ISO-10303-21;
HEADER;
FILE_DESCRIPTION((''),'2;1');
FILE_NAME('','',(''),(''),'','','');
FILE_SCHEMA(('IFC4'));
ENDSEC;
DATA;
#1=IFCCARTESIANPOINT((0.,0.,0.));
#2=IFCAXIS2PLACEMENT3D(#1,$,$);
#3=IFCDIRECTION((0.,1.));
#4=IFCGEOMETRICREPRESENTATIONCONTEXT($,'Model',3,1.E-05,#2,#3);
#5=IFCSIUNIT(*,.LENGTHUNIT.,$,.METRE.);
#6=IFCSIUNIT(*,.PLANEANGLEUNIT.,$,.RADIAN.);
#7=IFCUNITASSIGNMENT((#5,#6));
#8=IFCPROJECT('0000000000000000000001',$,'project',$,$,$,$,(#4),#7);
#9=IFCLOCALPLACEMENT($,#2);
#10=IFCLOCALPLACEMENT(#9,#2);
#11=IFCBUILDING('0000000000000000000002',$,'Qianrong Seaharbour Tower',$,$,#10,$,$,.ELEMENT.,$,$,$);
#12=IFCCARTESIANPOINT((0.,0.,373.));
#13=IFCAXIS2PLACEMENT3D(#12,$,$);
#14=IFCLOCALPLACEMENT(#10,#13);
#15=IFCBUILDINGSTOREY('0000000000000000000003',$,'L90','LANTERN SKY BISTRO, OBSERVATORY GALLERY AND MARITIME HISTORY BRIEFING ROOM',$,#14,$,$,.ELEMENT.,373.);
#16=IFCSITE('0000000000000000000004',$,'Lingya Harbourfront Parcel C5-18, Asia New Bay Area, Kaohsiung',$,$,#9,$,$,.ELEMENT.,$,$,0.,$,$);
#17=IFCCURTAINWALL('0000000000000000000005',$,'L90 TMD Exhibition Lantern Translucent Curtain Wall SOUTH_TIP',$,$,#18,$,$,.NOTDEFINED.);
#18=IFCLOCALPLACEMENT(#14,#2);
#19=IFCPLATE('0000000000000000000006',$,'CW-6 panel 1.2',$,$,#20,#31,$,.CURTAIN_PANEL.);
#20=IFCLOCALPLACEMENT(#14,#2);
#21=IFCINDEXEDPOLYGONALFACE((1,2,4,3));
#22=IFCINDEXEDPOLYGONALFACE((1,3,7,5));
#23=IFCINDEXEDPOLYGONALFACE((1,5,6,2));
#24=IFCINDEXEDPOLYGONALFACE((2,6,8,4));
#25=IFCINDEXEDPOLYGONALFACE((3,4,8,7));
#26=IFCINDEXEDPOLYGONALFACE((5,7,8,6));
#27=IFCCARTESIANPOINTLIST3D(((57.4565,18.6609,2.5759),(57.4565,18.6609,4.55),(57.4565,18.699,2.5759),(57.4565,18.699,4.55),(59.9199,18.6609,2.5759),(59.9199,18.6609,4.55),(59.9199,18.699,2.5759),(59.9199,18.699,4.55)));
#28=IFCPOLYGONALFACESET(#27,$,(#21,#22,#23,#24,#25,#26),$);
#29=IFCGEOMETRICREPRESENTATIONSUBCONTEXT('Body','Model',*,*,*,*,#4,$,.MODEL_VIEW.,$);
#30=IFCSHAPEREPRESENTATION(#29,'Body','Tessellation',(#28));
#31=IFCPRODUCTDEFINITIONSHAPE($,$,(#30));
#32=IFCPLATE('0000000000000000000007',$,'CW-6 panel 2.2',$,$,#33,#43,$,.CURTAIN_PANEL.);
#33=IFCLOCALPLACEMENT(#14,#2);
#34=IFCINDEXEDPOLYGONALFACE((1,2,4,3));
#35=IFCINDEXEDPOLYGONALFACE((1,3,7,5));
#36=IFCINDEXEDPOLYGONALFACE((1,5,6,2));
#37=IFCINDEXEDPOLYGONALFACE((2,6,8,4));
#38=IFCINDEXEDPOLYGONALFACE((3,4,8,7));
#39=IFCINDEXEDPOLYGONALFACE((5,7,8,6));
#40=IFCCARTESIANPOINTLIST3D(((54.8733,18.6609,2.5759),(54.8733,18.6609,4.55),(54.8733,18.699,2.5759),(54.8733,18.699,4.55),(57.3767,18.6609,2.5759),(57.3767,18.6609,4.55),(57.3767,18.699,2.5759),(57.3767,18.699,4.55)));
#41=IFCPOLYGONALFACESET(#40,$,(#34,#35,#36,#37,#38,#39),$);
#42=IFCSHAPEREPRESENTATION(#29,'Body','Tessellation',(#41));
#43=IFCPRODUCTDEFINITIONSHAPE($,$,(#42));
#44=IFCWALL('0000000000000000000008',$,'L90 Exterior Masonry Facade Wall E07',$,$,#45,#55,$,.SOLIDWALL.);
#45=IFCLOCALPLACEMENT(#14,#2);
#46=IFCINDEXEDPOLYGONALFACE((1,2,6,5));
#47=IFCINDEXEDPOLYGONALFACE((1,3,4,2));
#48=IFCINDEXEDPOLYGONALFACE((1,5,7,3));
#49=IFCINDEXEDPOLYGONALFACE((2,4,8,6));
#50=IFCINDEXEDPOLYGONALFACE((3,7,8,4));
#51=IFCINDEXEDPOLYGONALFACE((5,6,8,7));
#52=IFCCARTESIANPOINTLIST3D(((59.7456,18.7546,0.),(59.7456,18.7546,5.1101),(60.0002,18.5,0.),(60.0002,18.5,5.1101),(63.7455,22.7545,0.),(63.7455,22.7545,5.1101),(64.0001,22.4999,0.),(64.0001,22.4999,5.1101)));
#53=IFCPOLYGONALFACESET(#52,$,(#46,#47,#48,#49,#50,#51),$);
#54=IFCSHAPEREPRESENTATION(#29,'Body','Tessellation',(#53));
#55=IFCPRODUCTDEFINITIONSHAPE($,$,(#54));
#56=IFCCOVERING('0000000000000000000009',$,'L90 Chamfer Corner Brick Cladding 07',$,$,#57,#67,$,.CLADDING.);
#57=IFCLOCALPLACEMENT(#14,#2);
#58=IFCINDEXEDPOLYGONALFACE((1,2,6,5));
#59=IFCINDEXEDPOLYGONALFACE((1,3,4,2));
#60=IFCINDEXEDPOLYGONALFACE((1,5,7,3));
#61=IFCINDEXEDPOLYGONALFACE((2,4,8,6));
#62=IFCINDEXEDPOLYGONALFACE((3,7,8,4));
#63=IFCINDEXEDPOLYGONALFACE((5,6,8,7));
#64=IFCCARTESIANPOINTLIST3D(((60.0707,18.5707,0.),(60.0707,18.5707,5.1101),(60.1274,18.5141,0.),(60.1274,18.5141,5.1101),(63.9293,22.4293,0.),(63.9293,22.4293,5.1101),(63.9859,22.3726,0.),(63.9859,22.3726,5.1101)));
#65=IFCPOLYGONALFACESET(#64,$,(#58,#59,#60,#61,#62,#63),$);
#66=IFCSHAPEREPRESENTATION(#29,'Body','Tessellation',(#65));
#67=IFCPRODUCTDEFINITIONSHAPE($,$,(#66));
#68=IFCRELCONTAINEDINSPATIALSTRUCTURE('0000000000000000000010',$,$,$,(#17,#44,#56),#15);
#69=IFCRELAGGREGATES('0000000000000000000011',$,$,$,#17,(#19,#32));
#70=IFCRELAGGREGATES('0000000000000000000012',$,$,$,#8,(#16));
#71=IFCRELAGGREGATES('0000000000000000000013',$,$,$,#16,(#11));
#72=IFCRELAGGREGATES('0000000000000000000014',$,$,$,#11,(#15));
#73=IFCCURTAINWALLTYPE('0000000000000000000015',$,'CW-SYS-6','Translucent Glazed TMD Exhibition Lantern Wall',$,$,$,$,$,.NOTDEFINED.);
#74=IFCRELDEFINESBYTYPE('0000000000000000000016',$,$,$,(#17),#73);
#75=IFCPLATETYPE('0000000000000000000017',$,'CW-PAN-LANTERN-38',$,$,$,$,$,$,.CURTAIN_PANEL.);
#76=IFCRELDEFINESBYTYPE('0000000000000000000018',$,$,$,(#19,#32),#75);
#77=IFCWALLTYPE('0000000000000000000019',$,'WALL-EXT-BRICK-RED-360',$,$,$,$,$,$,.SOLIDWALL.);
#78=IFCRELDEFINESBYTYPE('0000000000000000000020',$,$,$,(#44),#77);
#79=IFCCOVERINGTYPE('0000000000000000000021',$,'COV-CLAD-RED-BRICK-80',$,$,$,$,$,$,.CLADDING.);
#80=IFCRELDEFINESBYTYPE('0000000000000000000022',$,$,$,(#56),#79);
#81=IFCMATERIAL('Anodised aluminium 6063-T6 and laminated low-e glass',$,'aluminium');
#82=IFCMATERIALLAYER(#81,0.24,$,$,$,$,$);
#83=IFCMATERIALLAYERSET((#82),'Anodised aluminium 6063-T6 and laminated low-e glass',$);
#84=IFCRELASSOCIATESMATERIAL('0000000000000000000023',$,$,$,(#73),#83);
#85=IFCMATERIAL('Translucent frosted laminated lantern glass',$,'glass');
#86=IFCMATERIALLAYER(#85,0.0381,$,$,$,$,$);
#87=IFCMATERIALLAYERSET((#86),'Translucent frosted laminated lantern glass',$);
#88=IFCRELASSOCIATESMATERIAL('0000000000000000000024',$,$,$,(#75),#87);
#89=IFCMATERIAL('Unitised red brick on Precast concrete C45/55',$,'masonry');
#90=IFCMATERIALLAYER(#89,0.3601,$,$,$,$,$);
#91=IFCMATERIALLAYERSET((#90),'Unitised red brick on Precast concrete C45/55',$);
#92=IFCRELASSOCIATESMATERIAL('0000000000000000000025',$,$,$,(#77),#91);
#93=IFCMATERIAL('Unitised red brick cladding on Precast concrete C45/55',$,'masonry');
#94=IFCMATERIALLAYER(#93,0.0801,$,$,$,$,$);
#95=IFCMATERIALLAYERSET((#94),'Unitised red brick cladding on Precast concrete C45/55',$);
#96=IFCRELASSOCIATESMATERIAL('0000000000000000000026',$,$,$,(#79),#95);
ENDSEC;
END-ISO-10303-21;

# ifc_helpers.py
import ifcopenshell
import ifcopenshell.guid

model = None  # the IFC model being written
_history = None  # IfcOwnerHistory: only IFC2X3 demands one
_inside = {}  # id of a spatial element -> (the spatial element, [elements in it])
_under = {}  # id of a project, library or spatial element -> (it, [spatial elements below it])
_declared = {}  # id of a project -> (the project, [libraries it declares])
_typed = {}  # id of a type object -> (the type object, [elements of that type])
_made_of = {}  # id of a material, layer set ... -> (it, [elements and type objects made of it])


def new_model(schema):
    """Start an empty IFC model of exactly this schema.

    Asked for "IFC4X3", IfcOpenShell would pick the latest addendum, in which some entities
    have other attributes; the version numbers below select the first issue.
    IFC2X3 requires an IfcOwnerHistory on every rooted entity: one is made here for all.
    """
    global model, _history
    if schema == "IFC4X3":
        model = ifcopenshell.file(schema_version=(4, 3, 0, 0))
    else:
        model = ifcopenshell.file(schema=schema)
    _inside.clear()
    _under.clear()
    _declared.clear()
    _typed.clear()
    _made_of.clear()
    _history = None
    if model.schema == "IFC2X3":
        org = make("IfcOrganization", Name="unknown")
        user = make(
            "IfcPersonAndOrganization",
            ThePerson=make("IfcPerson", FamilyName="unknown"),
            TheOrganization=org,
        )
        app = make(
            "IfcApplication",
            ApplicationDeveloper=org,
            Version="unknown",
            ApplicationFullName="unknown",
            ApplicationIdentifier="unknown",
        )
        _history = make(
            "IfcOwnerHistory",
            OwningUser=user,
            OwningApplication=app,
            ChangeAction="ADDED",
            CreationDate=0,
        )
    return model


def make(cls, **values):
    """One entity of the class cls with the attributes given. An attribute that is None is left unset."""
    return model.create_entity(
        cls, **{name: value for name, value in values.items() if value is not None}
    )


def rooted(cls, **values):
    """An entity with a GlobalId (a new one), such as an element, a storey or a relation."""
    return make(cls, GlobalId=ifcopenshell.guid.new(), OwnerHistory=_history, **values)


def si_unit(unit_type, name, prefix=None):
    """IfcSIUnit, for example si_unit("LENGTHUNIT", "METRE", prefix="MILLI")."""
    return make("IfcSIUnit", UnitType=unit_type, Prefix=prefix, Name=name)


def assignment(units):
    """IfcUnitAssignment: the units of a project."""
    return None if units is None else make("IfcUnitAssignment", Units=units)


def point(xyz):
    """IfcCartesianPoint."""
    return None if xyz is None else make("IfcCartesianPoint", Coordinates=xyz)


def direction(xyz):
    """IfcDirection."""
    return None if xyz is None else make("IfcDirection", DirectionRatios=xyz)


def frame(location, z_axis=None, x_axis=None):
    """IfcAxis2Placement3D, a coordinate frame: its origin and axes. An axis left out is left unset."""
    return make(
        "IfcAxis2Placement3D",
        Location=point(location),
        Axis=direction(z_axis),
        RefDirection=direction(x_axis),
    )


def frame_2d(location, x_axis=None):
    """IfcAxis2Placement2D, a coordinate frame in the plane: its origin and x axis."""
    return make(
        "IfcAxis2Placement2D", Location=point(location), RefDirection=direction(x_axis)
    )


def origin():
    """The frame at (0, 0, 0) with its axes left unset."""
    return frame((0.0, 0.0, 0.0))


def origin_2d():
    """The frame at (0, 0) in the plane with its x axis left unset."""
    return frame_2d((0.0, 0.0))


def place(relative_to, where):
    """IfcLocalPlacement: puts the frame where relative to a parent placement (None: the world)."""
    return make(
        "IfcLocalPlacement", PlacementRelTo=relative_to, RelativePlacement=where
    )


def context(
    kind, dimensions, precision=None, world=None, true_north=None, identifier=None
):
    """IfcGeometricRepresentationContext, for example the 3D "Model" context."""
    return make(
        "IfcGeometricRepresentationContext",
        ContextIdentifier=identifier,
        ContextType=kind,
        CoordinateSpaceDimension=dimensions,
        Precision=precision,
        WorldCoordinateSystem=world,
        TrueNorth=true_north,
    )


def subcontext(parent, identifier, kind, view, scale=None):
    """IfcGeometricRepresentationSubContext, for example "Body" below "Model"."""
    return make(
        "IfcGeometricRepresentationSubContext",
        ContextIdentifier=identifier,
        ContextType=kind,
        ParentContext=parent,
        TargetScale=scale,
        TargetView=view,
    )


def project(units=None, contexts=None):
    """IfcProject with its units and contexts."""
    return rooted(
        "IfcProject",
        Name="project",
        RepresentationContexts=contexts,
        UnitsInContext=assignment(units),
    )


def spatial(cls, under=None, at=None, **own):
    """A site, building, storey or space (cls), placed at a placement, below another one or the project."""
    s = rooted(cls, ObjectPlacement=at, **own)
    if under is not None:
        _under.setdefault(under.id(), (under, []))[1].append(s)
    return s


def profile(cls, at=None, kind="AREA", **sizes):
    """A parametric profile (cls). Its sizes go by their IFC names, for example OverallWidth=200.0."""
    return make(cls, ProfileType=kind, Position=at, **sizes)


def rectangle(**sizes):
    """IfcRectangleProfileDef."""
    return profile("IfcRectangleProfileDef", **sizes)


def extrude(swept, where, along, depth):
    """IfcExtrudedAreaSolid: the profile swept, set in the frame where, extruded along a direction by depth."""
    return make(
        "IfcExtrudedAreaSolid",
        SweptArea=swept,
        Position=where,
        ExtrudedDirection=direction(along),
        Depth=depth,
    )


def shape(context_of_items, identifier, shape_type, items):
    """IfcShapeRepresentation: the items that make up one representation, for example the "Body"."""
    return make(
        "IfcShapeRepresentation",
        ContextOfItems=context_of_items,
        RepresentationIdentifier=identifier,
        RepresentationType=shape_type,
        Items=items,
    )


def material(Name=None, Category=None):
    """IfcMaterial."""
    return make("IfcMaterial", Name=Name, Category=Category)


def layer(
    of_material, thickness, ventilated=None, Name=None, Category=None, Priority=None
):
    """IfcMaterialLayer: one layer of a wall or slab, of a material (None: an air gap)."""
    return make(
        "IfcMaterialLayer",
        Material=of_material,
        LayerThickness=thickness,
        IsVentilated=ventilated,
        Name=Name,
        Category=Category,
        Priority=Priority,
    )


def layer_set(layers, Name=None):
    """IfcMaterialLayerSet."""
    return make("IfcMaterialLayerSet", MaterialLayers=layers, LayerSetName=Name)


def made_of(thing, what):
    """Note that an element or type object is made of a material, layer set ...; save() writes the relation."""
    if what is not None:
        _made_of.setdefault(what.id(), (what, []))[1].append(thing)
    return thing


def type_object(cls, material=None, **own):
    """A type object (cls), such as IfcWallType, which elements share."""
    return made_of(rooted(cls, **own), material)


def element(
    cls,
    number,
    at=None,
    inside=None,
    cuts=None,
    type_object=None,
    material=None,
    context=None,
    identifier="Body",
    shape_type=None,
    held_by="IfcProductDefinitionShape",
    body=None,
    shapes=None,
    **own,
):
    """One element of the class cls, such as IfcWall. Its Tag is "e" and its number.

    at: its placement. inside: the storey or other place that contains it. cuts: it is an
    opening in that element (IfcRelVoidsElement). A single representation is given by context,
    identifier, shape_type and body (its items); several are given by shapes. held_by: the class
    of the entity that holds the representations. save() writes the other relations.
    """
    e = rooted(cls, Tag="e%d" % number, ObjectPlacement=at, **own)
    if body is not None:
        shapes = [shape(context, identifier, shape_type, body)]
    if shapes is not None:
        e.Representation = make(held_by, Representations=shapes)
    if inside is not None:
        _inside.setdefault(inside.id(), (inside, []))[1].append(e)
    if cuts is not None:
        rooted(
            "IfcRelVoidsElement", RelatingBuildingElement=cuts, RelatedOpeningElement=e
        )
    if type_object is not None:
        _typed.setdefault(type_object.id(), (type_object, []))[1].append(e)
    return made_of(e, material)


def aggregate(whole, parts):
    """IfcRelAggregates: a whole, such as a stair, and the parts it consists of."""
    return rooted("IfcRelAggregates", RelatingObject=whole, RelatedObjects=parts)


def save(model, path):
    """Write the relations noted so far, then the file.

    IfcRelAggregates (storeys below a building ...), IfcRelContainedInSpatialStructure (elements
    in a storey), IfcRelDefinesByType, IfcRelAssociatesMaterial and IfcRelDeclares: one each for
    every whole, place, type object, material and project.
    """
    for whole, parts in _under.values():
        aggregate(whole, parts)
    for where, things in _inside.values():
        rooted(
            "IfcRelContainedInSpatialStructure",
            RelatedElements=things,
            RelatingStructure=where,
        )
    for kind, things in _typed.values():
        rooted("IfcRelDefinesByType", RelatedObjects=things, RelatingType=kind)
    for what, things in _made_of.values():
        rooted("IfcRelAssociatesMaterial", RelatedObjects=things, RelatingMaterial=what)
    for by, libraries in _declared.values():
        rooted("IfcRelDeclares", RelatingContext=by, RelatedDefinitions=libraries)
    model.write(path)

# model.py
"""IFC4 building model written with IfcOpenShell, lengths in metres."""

from ifc_helpers import new_model, si_unit, direction, frame, frame_2d, origin, origin_2d, place, context, subcontext, project, spatial, rectangle, extrude, material, layer, layer_set, type_object, element, aggregate, save


model = new_model("IFC4")

# Units and contexts
model_context = context("Model", 3, precision=1e-05, world=origin(), true_north=direction((0.0, 1.0)))
body_context = subcontext(model_context, "Body", "Model", "MODEL_VIEW")
ifc_project = project(units=[si_unit("LENGTHUNIT", "METRE"), si_unit("PLANEANGLEUNIT", "RADIAN")], contexts=[model_context])

# Site, building, storey
site_placement = place(None, origin())
site = spatial("IfcSite", under=ifc_project, at=site_placement, Name="Lingya Harbourfront Parcel C5-18, Asia New Bay Area, Kaohsiung", CompositionType="ELEMENT", RefElevation=0.0)
building_placement = place(site_placement, origin())
building = spatial("IfcBuilding", under=site, at=building_placement, Name="Qianrong Seaharbour Tower", CompositionType="ELEMENT")
storey_placement = place(building_placement, frame((0.0, 0.0, 373.0)))
storey = spatial("IfcBuildingStorey", under=building, at=storey_placement, Name="L90", Description="LANTERN SKY BISTRO, OBSERVATORY GALLERY AND MARITIME HISTORY BRIEFING ROOM", CompositionType="ELEMENT", Elevation=373.0)

# Curtain wall
ifc_material_1 = material(Name="Anodised aluminium 6063-T6 and laminated low-e glass", Category="aluminium")
ifc_layer_1 = layer(ifc_material_1, 0.24)
ifc_layer_set_1 = layer_set([ifc_layer_1], Name="Anodised aluminium 6063-T6 and laminated low-e glass")
curtain_wall_type = type_object("IfcCurtainWallType", Name="CW-SYS-6", Description="Translucent Glazed TMD Exhibition Lantern Wall", PredefinedType="NOTDEFINED", material=ifc_layer_set_1)
curtain_wall_1_placement = place(storey_placement, origin())
curtain_wall_1 = element("IfcCurtainWall", 1, at=curtain_wall_1_placement, inside=storey, type_object=curtain_wall_type, Name="L90 TMD Exhibition Lantern Translucent Curtain Wall SOUTH_TIP", PredefinedType="NOTDEFINED")

# Plates
ifc_material_2 = material(Name="Translucent frosted laminated lantern glass", Category="glass")
ifc_layer_2 = layer(ifc_material_2, 0.0381)
ifc_layer_set_2 = layer_set([ifc_layer_2], Name="Translucent frosted laminated lantern glass")
plate_type = type_object("IfcPlateType", Name="CW-PAN-LANTERN-38", PredefinedType="CURTAIN_PANEL", material=ifc_layer_set_2)
plate_1_placement = place(storey_placement, frame((58.6882, 18.6799, 2.5759), z_axis=(0.0, 0.0, 1.0), x_axis=(-1.0, 0.0, 0.0)))
plate_1 = element("IfcPlate", 2, at=plate_1_placement, type_object=plate_type, Name="CW-6 panel 1.2", PredefinedType="CURTAIN_PANEL", context=body_context, shape_type="SweptSolid", body=[
    extrude(rectangle(XDim=2.4634, YDim=0.0381, at=origin_2d()), origin(), (0.0, 0.0, 1.0), 1.9741),
])
plate_2_placement = place(storey_placement, frame((56.125, 18.6799, 2.5759), z_axis=(0.0, 0.0, 1.0), x_axis=(-1.0, 0.0, 0.0)))
plate_2 = element("IfcPlate", 3, at=plate_2_placement, type_object=plate_type, Name="CW-6 panel 2.2", PredefinedType="CURTAIN_PANEL", context=body_context, shape_type="SweptSolid", body=[
    extrude(rectangle(XDim=2.5034, YDim=0.0381, at=origin_2d()), origin(), (0.0, 0.0, 1.0), 1.9741),
])
aggregate(curtain_wall_1, [plate_1, plate_2])

# Wall
ifc_material_3 = material(Name="Unitised red brick on Precast concrete C45/55", Category="masonry")
ifc_layer_3 = layer(ifc_material_3, 0.3601)
ifc_layer_set_3 = layer_set([ifc_layer_3], Name="Unitised red brick on Precast concrete C45/55")
wall_type = type_object("IfcWallType", Name="WALL-EXT-BRICK-RED-360", PredefinedType="SOLIDWALL", material=ifc_layer_set_3)
wall_placement = place(storey_placement, frame((63.8728, 22.6272, 0.0), z_axis=(0.0, 0.0, 1.0), x_axis=(-0.707107, -0.707107, 0.0)))
element("IfcWall", 4, at=wall_placement, inside=storey, type_object=wall_type, Name="L90 Exterior Masonry Facade Wall E07", PredefinedType="SOLIDWALL", context=body_context, shape_type="SweptSolid", body=[
    extrude(rectangle(XDim=5.6567, YDim=0.3601, at=frame_2d((2.8284, 0.0))), origin(), (0.0, 0.0, 1.0), 5.1101),
])

# Covering
ifc_material_4 = material(Name="Unitised red brick cladding on Precast concrete C45/55", Category="masonry")
ifc_layer_4 = layer(ifc_material_4, 0.0801)
ifc_layer_set_4 = layer_set([ifc_layer_4], Name="Unitised red brick cladding on Precast concrete C45/55")
covering_type = type_object("IfcCoveringType", Name="COV-CLAD-RED-BRICK-80", PredefinedType="CLADDING", material=ifc_layer_set_4)
covering_placement = place(storey_placement, frame((62.0283, 20.4717, 0.0), z_axis=(0.0, 0.0, 1.0), x_axis=(-0.707107, -0.707107, 0.0)))
element("IfcCovering", 5, at=covering_placement, inside=storey, type_object=covering_type, Name="L90 Chamfer Corner Brick Cladding 07", PredefinedType="CLADDING", context=body_context, shape_type="SweptSolid", body=[
    extrude(rectangle(XDim=5.4568, YDim=0.0801, at=origin_2d()), origin(), (0.0, 0.0, 1.0), 5.1101),
])

save(model, "model.ifc")
